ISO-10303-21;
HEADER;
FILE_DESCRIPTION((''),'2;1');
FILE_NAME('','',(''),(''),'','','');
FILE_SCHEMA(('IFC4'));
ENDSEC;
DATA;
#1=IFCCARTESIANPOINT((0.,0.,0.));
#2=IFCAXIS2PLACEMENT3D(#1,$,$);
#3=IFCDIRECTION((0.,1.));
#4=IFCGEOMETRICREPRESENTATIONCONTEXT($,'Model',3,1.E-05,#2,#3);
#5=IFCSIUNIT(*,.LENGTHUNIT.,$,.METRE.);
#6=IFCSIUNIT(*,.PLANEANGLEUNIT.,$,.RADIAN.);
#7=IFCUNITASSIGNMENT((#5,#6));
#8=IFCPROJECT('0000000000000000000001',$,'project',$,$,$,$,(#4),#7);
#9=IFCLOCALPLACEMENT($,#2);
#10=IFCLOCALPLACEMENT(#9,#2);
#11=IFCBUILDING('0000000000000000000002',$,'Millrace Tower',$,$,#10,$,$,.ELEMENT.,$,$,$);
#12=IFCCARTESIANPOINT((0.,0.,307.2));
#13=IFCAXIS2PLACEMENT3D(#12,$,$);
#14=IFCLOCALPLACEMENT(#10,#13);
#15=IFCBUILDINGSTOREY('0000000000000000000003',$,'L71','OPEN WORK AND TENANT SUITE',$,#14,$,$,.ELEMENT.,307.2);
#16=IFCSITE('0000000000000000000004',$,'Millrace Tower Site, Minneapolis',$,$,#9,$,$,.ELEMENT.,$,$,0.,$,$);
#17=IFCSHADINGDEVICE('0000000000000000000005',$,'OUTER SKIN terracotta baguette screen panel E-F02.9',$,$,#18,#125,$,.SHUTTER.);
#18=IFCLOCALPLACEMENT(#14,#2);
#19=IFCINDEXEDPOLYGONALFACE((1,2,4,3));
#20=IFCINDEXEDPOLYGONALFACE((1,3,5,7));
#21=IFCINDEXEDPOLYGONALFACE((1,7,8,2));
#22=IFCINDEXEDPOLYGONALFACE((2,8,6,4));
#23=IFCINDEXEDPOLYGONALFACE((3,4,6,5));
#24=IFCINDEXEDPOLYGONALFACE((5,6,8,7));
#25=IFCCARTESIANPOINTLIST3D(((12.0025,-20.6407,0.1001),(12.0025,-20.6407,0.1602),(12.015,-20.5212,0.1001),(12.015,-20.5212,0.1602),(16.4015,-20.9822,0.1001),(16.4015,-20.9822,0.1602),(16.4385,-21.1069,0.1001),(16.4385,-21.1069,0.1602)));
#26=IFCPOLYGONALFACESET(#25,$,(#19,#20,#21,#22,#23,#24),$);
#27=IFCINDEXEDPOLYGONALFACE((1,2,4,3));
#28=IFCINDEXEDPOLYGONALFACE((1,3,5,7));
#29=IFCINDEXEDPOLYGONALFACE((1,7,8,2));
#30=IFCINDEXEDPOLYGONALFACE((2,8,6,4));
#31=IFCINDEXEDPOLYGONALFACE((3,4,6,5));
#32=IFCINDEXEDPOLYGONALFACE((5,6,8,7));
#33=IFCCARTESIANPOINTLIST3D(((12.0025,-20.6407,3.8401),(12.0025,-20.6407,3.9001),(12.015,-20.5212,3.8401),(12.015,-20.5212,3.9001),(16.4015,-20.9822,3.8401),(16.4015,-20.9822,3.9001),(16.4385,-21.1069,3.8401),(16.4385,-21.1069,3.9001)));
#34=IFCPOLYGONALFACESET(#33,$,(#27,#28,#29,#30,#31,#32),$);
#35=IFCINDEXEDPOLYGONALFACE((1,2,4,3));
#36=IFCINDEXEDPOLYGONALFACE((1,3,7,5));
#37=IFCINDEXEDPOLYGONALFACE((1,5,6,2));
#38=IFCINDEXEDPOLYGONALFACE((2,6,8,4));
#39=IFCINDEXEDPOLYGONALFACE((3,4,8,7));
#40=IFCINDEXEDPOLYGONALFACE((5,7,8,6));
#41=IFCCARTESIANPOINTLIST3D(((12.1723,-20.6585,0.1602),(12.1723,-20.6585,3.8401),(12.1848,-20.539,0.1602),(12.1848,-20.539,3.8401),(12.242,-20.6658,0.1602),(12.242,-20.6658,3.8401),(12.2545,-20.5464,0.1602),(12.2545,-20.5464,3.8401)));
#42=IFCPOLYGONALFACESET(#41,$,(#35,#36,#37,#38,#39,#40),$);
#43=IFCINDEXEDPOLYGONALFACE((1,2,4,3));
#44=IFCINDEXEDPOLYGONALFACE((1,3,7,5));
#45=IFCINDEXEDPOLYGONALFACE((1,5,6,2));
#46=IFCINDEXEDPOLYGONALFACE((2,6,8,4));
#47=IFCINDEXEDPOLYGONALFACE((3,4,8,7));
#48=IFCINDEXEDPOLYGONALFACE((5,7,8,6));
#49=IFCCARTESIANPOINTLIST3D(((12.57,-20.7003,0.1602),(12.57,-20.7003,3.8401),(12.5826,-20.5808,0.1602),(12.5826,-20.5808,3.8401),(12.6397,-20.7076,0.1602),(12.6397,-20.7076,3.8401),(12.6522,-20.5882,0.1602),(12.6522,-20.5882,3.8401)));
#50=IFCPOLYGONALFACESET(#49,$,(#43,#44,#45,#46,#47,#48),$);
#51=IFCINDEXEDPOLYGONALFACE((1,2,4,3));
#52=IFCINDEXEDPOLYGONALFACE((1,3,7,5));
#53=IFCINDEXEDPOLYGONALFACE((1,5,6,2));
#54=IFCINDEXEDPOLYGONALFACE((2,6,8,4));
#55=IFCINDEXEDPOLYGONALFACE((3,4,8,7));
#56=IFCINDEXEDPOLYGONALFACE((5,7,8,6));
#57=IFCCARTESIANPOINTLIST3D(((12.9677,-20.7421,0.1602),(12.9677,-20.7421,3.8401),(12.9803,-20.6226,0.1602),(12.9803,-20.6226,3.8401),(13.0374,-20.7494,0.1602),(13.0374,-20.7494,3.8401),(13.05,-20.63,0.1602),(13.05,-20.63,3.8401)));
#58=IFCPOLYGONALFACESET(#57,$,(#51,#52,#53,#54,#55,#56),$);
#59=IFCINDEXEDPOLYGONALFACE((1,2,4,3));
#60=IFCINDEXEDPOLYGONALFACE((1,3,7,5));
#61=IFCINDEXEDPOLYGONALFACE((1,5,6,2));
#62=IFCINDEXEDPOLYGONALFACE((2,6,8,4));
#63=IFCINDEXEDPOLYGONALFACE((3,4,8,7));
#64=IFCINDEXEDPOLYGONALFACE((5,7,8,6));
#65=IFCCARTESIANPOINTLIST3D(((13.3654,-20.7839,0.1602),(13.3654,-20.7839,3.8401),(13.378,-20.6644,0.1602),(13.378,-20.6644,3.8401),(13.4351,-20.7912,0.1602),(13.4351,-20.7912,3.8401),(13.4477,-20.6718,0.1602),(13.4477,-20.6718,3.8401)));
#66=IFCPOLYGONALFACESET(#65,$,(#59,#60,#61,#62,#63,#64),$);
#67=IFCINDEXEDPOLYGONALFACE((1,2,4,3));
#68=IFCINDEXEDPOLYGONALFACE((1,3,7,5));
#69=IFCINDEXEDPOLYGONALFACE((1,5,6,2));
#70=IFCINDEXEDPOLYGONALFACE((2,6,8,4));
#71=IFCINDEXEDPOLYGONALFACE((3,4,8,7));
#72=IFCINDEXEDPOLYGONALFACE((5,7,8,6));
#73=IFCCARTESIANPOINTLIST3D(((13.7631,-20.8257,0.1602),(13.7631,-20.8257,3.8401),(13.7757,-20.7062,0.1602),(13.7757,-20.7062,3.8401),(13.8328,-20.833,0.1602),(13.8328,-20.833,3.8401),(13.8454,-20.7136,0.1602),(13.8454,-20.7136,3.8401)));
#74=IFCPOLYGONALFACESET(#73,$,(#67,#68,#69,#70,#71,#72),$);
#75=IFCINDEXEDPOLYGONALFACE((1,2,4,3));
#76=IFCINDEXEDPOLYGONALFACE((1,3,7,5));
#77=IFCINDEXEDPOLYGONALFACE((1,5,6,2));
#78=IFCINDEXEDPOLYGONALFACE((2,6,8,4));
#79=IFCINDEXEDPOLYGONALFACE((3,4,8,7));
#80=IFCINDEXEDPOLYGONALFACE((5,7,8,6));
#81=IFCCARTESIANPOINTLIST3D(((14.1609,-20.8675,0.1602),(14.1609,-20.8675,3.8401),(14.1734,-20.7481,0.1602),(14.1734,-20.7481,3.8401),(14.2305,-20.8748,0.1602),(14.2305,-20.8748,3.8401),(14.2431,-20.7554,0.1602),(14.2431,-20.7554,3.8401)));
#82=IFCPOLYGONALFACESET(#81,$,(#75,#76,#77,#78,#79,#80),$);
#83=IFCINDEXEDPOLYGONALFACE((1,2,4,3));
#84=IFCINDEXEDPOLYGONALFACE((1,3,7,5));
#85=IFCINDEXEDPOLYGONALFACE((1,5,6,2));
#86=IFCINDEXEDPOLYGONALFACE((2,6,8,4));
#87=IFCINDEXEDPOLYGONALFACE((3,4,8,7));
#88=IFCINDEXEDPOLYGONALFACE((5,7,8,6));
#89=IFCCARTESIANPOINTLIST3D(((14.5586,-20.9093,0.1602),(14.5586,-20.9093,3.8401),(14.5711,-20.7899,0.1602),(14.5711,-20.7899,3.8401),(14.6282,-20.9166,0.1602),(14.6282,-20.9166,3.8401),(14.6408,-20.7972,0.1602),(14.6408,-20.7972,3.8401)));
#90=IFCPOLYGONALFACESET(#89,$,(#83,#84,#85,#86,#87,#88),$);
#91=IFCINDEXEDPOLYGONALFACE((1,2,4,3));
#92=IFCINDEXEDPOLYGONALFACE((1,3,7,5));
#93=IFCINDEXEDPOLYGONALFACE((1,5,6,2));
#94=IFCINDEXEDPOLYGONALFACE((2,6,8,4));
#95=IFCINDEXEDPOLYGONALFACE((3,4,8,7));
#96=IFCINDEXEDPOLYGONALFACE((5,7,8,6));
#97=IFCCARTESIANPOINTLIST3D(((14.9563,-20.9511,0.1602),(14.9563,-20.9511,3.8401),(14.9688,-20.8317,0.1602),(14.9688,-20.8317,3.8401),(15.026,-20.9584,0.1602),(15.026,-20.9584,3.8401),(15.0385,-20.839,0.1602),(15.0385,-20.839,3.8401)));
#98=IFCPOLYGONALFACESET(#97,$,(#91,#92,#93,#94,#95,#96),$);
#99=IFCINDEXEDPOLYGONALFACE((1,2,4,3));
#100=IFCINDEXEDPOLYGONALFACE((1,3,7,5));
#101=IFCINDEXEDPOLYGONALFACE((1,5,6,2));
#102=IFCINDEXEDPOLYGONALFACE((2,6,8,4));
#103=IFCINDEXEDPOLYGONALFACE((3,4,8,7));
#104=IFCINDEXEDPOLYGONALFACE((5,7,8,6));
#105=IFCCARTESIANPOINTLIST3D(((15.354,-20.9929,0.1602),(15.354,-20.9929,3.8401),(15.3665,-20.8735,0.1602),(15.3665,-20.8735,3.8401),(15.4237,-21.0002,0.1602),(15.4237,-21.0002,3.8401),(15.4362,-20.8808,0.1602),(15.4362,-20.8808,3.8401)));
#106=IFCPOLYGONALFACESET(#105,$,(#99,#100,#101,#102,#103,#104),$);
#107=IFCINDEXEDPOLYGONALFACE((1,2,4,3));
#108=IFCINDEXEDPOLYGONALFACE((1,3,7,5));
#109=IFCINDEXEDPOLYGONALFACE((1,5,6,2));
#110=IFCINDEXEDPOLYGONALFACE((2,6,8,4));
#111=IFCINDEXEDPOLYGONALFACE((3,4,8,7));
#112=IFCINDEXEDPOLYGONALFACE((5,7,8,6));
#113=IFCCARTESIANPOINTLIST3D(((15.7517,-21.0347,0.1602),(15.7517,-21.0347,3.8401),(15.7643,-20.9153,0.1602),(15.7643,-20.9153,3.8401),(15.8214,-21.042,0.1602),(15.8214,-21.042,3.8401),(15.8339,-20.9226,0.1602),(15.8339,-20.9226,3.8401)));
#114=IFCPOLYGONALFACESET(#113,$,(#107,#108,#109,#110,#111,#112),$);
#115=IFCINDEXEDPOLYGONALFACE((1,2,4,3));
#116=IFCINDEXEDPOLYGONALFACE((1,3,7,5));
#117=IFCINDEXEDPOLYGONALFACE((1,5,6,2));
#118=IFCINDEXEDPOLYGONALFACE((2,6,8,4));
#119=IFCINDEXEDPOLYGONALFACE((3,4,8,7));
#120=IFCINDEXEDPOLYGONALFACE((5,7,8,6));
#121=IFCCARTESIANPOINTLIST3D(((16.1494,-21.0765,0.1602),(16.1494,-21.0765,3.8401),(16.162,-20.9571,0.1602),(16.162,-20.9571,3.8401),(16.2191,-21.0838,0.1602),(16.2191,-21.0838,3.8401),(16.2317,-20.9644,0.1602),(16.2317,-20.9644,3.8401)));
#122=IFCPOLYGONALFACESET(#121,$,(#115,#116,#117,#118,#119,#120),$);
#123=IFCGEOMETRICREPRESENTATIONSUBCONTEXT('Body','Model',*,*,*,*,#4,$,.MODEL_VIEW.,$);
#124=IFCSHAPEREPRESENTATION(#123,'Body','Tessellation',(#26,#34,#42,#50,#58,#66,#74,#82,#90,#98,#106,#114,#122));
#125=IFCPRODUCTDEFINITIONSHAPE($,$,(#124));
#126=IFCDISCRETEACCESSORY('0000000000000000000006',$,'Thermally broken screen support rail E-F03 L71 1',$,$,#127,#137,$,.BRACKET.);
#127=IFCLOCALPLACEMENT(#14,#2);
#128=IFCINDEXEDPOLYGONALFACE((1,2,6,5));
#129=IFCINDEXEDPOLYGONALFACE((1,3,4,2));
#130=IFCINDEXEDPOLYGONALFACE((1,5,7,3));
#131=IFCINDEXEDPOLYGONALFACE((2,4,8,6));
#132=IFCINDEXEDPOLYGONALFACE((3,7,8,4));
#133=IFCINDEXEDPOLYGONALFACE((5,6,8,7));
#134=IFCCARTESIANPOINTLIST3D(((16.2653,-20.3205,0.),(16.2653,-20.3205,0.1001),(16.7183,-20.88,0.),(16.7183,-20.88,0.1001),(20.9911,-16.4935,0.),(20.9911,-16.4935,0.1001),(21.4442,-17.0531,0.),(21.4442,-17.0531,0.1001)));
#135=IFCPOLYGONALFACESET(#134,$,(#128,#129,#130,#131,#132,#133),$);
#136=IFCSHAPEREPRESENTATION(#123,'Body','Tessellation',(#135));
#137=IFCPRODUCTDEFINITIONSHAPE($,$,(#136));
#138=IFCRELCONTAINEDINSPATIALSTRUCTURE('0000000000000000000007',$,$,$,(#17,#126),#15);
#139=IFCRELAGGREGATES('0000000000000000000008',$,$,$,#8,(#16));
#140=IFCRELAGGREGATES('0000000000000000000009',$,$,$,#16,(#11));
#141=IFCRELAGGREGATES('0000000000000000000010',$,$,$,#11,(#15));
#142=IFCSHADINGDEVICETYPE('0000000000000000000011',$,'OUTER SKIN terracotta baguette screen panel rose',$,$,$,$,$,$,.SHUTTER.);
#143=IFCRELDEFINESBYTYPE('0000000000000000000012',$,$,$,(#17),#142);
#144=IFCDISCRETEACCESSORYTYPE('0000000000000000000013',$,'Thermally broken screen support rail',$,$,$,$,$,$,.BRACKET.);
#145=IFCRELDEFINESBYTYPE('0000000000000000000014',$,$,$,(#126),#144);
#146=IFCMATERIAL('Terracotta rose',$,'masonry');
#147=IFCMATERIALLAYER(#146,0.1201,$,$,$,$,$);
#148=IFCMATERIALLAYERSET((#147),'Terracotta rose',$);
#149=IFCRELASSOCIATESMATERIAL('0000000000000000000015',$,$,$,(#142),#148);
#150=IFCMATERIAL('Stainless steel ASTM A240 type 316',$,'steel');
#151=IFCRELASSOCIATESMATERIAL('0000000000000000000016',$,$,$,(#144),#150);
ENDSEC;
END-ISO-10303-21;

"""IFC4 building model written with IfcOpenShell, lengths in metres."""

from ifc_helpers import new_model, entity, si_unit, direction, frame, frame_2d, origin, origin_2d, place, context, subcontext, project, spatial, rectangle, extrude, source, transform, mapped, material, layer, layer_set, type_object, element, save


model = new_model("IFC4")

# Units and contexts
model_context = context("Model", 3, precision=1e-05, world=origin(), true_north=direction((0.0, 1.0)))
body_context = subcontext(model_context, "Body", "Model", "MODEL_VIEW")
ifc_project = project(units=[si_unit("LENGTHUNIT", "METRE"), si_unit("PLANEANGLEUNIT", "RADIAN")], contexts=[model_context])

# Site, building, storey
site_placement = place(None, origin())
site = spatial("IfcSite", under=ifc_project, at=site_placement, Name="Millrace Tower Site, Minneapolis", CompositionType="ELEMENT", RefElevation=0.0)
building_placement = place(site_placement, origin())
building = spatial("IfcBuilding", under=site, at=building_placement, Name="Millrace Tower", CompositionType="ELEMENT")
storey_placement = place(building_placement, frame((0.0, 0.0, 307.2)))
storey = spatial("IfcBuildingStorey", under=building, at=storey_placement, Name="L71", Description="OPEN WORK AND TENANT SUITE", CompositionType="ELEMENT", Elevation=307.2)

# Shading device
ifc_material_1 = material(Name="Terracotta rose", Category="masonry")
ifc_layer_1 = layer(ifc_material_1, 0.1201)
ifc_layer_set_1 = layer_set([ifc_layer_1], Name="Terracotta rose")
shading_device_type = type_object("IfcShadingDeviceType", Name="OUTER SKIN terracotta baguette screen panel rose", PredefinedType="SHUTTER", material=ifc_layer_set_1)
cartesian_point_1 = entity("IfcCartesianPoint", [-2.2178, 0.0601])
shared_polyline_1 = entity("IfcPolyline", [cartesian_point_1, entity("IfcCartesianPoint", [2.1929, 0.0601]), entity("IfcCartesianPoint", [2.2427, -0.0601]), entity("IfcCartesianPoint", [-2.2178, -0.0601]), cartesian_point_1])
shared_shape_1 = source(origin(), body_context, "Body", "SweptSolid", [
    entity("IfcExtrudedAreaSolid", entity("IfcArbitraryClosedProfileDef", "AREA", None, shared_polyline_1), entity("IfcAxis2Placement3D", entity("IfcCartesianPoint", [0.0, 0.0, 0.0])), entity("IfcDirection", [0.0, 0.0, 1.0]), 0.0601),
    entity("IfcExtrudedAreaSolid", entity("IfcArbitraryClosedProfileDef", "AREA", None, shared_polyline_1), entity("IfcAxis2Placement3D", entity("IfcCartesianPoint", [0.0, 0.0, 3.74])), entity("IfcDirection", [0.0, 0.0, 1.0]), 0.0601),
    extrude(rectangle(XDim=0.0701, YDim=0.1201, at=frame_2d((-2.012, 0.0))), frame((0.0, 0.0, 0.0601)), (0.0, 0.0, 1.0), 3.6799),
    extrude(rectangle(XDim=0.0701, YDim=0.1201, at=frame_2d((-1.6121, 0.0))), frame((0.0, 0.0, 0.0601)), (0.0, 0.0, 1.0), 3.6799),
    extrude(rectangle(XDim=0.0701, YDim=0.1201, at=frame_2d((-1.2122, 0.0))), frame((0.0, 0.0, 0.0601)), (0.0, 0.0, 1.0), 3.6799),
    extrude(rectangle(XDim=0.0701, YDim=0.1201, at=frame_2d((-0.8123, 0.0))), frame((0.0, 0.0, 0.0601)), (0.0, 0.0, 1.0), 3.6799),
    extrude(rectangle(XDim=0.0701, YDim=0.1201, at=frame_2d((-0.4124, 0.0))), frame((0.0, 0.0, 0.0601)), (0.0, 0.0, 1.0), 3.6799),
    extrude(rectangle(XDim=0.0701, YDim=0.1201, at=frame_2d((-0.0125, 0.0))), frame((0.0, 0.0, 0.0601)), (0.0, 0.0, 1.0), 3.6799),
    extrude(rectangle(XDim=0.0701, YDim=0.1201, at=frame_2d((0.3875, 0.0))), frame((0.0, 0.0, 0.0601)), (0.0, 0.0, 1.0), 3.6799),
    extrude(rectangle(XDim=0.0701, YDim=0.1201, at=frame_2d((0.7874, 0.0))), frame((0.0, 0.0, 0.0601)), (0.0, 0.0, 1.0), 3.6799),
    extrude(rectangle(XDim=0.0701, YDim=0.1201, at=frame_2d((1.1873, 0.0))), frame((0.0, 0.0, 0.0601)), (0.0, 0.0, 1.0), 3.6799),
    extrude(rectangle(XDim=0.0701, YDim=0.1201, at=frame_2d((1.5872, 0.0))), frame((0.0, 0.0, 0.0601)), (0.0, 0.0, 1.0), 3.6799),
    extrude(rectangle(XDim=0.0701, YDim=0.1201, at=frame_2d((1.9871, 0.0))), frame((0.0, 0.0, 0.0601)), (0.0, 0.0, 1.0), 3.6799),
])
shading_device_1_placement = place(storey_placement, frame((14.2144, -20.8127, 0.1001), z_axis=(0.0, 0.0, 1.0), x_axis=(0.994522, -0.104528, 0.0)))
element("IfcShadingDevice", 1, at=shading_device_1_placement, inside=storey, type_object=shading_device_type, Name="OUTER SKIN terracotta baguette screen panel E-F02.9", PredefinedType="SHUTTER", context=body_context, shape_type="MappedRepresentation", body=[
    mapped(shared_shape_1, transform((0.0, 0.0, 0.0), scale=1.0)),
])

# Discrete accessory
ifc_material_2 = material(Name="Stainless steel ASTM A240 type 316", Category="steel")
discrete_accessory_type = type_object("IfcDiscreteAccessoryType", Name="Thermally broken screen support rail", PredefinedType="BRACKET", material=ifc_material_2)
discrete_accessory_placement = place(storey_placement, frame((18.8547, -18.6868, 0.0), z_axis=(0.0, 0.0, 1.0), x_axis=(0.777146, 0.62932, 0.0)))
element("IfcDiscreteAccessory", 2, at=discrete_accessory_placement, inside=storey, type_object=discrete_accessory_type, Name="Thermally broken screen support rail E-F03 L71 1", PredefinedType="BRACKET", context=body_context, shape_type="SweptSolid", body=[
    extrude(rectangle(XDim=6.0811, YDim=0.72, at=origin_2d()), origin(), (0.0, 0.0, 1.0), 0.1001),
])

save(model, "model.ifc")
